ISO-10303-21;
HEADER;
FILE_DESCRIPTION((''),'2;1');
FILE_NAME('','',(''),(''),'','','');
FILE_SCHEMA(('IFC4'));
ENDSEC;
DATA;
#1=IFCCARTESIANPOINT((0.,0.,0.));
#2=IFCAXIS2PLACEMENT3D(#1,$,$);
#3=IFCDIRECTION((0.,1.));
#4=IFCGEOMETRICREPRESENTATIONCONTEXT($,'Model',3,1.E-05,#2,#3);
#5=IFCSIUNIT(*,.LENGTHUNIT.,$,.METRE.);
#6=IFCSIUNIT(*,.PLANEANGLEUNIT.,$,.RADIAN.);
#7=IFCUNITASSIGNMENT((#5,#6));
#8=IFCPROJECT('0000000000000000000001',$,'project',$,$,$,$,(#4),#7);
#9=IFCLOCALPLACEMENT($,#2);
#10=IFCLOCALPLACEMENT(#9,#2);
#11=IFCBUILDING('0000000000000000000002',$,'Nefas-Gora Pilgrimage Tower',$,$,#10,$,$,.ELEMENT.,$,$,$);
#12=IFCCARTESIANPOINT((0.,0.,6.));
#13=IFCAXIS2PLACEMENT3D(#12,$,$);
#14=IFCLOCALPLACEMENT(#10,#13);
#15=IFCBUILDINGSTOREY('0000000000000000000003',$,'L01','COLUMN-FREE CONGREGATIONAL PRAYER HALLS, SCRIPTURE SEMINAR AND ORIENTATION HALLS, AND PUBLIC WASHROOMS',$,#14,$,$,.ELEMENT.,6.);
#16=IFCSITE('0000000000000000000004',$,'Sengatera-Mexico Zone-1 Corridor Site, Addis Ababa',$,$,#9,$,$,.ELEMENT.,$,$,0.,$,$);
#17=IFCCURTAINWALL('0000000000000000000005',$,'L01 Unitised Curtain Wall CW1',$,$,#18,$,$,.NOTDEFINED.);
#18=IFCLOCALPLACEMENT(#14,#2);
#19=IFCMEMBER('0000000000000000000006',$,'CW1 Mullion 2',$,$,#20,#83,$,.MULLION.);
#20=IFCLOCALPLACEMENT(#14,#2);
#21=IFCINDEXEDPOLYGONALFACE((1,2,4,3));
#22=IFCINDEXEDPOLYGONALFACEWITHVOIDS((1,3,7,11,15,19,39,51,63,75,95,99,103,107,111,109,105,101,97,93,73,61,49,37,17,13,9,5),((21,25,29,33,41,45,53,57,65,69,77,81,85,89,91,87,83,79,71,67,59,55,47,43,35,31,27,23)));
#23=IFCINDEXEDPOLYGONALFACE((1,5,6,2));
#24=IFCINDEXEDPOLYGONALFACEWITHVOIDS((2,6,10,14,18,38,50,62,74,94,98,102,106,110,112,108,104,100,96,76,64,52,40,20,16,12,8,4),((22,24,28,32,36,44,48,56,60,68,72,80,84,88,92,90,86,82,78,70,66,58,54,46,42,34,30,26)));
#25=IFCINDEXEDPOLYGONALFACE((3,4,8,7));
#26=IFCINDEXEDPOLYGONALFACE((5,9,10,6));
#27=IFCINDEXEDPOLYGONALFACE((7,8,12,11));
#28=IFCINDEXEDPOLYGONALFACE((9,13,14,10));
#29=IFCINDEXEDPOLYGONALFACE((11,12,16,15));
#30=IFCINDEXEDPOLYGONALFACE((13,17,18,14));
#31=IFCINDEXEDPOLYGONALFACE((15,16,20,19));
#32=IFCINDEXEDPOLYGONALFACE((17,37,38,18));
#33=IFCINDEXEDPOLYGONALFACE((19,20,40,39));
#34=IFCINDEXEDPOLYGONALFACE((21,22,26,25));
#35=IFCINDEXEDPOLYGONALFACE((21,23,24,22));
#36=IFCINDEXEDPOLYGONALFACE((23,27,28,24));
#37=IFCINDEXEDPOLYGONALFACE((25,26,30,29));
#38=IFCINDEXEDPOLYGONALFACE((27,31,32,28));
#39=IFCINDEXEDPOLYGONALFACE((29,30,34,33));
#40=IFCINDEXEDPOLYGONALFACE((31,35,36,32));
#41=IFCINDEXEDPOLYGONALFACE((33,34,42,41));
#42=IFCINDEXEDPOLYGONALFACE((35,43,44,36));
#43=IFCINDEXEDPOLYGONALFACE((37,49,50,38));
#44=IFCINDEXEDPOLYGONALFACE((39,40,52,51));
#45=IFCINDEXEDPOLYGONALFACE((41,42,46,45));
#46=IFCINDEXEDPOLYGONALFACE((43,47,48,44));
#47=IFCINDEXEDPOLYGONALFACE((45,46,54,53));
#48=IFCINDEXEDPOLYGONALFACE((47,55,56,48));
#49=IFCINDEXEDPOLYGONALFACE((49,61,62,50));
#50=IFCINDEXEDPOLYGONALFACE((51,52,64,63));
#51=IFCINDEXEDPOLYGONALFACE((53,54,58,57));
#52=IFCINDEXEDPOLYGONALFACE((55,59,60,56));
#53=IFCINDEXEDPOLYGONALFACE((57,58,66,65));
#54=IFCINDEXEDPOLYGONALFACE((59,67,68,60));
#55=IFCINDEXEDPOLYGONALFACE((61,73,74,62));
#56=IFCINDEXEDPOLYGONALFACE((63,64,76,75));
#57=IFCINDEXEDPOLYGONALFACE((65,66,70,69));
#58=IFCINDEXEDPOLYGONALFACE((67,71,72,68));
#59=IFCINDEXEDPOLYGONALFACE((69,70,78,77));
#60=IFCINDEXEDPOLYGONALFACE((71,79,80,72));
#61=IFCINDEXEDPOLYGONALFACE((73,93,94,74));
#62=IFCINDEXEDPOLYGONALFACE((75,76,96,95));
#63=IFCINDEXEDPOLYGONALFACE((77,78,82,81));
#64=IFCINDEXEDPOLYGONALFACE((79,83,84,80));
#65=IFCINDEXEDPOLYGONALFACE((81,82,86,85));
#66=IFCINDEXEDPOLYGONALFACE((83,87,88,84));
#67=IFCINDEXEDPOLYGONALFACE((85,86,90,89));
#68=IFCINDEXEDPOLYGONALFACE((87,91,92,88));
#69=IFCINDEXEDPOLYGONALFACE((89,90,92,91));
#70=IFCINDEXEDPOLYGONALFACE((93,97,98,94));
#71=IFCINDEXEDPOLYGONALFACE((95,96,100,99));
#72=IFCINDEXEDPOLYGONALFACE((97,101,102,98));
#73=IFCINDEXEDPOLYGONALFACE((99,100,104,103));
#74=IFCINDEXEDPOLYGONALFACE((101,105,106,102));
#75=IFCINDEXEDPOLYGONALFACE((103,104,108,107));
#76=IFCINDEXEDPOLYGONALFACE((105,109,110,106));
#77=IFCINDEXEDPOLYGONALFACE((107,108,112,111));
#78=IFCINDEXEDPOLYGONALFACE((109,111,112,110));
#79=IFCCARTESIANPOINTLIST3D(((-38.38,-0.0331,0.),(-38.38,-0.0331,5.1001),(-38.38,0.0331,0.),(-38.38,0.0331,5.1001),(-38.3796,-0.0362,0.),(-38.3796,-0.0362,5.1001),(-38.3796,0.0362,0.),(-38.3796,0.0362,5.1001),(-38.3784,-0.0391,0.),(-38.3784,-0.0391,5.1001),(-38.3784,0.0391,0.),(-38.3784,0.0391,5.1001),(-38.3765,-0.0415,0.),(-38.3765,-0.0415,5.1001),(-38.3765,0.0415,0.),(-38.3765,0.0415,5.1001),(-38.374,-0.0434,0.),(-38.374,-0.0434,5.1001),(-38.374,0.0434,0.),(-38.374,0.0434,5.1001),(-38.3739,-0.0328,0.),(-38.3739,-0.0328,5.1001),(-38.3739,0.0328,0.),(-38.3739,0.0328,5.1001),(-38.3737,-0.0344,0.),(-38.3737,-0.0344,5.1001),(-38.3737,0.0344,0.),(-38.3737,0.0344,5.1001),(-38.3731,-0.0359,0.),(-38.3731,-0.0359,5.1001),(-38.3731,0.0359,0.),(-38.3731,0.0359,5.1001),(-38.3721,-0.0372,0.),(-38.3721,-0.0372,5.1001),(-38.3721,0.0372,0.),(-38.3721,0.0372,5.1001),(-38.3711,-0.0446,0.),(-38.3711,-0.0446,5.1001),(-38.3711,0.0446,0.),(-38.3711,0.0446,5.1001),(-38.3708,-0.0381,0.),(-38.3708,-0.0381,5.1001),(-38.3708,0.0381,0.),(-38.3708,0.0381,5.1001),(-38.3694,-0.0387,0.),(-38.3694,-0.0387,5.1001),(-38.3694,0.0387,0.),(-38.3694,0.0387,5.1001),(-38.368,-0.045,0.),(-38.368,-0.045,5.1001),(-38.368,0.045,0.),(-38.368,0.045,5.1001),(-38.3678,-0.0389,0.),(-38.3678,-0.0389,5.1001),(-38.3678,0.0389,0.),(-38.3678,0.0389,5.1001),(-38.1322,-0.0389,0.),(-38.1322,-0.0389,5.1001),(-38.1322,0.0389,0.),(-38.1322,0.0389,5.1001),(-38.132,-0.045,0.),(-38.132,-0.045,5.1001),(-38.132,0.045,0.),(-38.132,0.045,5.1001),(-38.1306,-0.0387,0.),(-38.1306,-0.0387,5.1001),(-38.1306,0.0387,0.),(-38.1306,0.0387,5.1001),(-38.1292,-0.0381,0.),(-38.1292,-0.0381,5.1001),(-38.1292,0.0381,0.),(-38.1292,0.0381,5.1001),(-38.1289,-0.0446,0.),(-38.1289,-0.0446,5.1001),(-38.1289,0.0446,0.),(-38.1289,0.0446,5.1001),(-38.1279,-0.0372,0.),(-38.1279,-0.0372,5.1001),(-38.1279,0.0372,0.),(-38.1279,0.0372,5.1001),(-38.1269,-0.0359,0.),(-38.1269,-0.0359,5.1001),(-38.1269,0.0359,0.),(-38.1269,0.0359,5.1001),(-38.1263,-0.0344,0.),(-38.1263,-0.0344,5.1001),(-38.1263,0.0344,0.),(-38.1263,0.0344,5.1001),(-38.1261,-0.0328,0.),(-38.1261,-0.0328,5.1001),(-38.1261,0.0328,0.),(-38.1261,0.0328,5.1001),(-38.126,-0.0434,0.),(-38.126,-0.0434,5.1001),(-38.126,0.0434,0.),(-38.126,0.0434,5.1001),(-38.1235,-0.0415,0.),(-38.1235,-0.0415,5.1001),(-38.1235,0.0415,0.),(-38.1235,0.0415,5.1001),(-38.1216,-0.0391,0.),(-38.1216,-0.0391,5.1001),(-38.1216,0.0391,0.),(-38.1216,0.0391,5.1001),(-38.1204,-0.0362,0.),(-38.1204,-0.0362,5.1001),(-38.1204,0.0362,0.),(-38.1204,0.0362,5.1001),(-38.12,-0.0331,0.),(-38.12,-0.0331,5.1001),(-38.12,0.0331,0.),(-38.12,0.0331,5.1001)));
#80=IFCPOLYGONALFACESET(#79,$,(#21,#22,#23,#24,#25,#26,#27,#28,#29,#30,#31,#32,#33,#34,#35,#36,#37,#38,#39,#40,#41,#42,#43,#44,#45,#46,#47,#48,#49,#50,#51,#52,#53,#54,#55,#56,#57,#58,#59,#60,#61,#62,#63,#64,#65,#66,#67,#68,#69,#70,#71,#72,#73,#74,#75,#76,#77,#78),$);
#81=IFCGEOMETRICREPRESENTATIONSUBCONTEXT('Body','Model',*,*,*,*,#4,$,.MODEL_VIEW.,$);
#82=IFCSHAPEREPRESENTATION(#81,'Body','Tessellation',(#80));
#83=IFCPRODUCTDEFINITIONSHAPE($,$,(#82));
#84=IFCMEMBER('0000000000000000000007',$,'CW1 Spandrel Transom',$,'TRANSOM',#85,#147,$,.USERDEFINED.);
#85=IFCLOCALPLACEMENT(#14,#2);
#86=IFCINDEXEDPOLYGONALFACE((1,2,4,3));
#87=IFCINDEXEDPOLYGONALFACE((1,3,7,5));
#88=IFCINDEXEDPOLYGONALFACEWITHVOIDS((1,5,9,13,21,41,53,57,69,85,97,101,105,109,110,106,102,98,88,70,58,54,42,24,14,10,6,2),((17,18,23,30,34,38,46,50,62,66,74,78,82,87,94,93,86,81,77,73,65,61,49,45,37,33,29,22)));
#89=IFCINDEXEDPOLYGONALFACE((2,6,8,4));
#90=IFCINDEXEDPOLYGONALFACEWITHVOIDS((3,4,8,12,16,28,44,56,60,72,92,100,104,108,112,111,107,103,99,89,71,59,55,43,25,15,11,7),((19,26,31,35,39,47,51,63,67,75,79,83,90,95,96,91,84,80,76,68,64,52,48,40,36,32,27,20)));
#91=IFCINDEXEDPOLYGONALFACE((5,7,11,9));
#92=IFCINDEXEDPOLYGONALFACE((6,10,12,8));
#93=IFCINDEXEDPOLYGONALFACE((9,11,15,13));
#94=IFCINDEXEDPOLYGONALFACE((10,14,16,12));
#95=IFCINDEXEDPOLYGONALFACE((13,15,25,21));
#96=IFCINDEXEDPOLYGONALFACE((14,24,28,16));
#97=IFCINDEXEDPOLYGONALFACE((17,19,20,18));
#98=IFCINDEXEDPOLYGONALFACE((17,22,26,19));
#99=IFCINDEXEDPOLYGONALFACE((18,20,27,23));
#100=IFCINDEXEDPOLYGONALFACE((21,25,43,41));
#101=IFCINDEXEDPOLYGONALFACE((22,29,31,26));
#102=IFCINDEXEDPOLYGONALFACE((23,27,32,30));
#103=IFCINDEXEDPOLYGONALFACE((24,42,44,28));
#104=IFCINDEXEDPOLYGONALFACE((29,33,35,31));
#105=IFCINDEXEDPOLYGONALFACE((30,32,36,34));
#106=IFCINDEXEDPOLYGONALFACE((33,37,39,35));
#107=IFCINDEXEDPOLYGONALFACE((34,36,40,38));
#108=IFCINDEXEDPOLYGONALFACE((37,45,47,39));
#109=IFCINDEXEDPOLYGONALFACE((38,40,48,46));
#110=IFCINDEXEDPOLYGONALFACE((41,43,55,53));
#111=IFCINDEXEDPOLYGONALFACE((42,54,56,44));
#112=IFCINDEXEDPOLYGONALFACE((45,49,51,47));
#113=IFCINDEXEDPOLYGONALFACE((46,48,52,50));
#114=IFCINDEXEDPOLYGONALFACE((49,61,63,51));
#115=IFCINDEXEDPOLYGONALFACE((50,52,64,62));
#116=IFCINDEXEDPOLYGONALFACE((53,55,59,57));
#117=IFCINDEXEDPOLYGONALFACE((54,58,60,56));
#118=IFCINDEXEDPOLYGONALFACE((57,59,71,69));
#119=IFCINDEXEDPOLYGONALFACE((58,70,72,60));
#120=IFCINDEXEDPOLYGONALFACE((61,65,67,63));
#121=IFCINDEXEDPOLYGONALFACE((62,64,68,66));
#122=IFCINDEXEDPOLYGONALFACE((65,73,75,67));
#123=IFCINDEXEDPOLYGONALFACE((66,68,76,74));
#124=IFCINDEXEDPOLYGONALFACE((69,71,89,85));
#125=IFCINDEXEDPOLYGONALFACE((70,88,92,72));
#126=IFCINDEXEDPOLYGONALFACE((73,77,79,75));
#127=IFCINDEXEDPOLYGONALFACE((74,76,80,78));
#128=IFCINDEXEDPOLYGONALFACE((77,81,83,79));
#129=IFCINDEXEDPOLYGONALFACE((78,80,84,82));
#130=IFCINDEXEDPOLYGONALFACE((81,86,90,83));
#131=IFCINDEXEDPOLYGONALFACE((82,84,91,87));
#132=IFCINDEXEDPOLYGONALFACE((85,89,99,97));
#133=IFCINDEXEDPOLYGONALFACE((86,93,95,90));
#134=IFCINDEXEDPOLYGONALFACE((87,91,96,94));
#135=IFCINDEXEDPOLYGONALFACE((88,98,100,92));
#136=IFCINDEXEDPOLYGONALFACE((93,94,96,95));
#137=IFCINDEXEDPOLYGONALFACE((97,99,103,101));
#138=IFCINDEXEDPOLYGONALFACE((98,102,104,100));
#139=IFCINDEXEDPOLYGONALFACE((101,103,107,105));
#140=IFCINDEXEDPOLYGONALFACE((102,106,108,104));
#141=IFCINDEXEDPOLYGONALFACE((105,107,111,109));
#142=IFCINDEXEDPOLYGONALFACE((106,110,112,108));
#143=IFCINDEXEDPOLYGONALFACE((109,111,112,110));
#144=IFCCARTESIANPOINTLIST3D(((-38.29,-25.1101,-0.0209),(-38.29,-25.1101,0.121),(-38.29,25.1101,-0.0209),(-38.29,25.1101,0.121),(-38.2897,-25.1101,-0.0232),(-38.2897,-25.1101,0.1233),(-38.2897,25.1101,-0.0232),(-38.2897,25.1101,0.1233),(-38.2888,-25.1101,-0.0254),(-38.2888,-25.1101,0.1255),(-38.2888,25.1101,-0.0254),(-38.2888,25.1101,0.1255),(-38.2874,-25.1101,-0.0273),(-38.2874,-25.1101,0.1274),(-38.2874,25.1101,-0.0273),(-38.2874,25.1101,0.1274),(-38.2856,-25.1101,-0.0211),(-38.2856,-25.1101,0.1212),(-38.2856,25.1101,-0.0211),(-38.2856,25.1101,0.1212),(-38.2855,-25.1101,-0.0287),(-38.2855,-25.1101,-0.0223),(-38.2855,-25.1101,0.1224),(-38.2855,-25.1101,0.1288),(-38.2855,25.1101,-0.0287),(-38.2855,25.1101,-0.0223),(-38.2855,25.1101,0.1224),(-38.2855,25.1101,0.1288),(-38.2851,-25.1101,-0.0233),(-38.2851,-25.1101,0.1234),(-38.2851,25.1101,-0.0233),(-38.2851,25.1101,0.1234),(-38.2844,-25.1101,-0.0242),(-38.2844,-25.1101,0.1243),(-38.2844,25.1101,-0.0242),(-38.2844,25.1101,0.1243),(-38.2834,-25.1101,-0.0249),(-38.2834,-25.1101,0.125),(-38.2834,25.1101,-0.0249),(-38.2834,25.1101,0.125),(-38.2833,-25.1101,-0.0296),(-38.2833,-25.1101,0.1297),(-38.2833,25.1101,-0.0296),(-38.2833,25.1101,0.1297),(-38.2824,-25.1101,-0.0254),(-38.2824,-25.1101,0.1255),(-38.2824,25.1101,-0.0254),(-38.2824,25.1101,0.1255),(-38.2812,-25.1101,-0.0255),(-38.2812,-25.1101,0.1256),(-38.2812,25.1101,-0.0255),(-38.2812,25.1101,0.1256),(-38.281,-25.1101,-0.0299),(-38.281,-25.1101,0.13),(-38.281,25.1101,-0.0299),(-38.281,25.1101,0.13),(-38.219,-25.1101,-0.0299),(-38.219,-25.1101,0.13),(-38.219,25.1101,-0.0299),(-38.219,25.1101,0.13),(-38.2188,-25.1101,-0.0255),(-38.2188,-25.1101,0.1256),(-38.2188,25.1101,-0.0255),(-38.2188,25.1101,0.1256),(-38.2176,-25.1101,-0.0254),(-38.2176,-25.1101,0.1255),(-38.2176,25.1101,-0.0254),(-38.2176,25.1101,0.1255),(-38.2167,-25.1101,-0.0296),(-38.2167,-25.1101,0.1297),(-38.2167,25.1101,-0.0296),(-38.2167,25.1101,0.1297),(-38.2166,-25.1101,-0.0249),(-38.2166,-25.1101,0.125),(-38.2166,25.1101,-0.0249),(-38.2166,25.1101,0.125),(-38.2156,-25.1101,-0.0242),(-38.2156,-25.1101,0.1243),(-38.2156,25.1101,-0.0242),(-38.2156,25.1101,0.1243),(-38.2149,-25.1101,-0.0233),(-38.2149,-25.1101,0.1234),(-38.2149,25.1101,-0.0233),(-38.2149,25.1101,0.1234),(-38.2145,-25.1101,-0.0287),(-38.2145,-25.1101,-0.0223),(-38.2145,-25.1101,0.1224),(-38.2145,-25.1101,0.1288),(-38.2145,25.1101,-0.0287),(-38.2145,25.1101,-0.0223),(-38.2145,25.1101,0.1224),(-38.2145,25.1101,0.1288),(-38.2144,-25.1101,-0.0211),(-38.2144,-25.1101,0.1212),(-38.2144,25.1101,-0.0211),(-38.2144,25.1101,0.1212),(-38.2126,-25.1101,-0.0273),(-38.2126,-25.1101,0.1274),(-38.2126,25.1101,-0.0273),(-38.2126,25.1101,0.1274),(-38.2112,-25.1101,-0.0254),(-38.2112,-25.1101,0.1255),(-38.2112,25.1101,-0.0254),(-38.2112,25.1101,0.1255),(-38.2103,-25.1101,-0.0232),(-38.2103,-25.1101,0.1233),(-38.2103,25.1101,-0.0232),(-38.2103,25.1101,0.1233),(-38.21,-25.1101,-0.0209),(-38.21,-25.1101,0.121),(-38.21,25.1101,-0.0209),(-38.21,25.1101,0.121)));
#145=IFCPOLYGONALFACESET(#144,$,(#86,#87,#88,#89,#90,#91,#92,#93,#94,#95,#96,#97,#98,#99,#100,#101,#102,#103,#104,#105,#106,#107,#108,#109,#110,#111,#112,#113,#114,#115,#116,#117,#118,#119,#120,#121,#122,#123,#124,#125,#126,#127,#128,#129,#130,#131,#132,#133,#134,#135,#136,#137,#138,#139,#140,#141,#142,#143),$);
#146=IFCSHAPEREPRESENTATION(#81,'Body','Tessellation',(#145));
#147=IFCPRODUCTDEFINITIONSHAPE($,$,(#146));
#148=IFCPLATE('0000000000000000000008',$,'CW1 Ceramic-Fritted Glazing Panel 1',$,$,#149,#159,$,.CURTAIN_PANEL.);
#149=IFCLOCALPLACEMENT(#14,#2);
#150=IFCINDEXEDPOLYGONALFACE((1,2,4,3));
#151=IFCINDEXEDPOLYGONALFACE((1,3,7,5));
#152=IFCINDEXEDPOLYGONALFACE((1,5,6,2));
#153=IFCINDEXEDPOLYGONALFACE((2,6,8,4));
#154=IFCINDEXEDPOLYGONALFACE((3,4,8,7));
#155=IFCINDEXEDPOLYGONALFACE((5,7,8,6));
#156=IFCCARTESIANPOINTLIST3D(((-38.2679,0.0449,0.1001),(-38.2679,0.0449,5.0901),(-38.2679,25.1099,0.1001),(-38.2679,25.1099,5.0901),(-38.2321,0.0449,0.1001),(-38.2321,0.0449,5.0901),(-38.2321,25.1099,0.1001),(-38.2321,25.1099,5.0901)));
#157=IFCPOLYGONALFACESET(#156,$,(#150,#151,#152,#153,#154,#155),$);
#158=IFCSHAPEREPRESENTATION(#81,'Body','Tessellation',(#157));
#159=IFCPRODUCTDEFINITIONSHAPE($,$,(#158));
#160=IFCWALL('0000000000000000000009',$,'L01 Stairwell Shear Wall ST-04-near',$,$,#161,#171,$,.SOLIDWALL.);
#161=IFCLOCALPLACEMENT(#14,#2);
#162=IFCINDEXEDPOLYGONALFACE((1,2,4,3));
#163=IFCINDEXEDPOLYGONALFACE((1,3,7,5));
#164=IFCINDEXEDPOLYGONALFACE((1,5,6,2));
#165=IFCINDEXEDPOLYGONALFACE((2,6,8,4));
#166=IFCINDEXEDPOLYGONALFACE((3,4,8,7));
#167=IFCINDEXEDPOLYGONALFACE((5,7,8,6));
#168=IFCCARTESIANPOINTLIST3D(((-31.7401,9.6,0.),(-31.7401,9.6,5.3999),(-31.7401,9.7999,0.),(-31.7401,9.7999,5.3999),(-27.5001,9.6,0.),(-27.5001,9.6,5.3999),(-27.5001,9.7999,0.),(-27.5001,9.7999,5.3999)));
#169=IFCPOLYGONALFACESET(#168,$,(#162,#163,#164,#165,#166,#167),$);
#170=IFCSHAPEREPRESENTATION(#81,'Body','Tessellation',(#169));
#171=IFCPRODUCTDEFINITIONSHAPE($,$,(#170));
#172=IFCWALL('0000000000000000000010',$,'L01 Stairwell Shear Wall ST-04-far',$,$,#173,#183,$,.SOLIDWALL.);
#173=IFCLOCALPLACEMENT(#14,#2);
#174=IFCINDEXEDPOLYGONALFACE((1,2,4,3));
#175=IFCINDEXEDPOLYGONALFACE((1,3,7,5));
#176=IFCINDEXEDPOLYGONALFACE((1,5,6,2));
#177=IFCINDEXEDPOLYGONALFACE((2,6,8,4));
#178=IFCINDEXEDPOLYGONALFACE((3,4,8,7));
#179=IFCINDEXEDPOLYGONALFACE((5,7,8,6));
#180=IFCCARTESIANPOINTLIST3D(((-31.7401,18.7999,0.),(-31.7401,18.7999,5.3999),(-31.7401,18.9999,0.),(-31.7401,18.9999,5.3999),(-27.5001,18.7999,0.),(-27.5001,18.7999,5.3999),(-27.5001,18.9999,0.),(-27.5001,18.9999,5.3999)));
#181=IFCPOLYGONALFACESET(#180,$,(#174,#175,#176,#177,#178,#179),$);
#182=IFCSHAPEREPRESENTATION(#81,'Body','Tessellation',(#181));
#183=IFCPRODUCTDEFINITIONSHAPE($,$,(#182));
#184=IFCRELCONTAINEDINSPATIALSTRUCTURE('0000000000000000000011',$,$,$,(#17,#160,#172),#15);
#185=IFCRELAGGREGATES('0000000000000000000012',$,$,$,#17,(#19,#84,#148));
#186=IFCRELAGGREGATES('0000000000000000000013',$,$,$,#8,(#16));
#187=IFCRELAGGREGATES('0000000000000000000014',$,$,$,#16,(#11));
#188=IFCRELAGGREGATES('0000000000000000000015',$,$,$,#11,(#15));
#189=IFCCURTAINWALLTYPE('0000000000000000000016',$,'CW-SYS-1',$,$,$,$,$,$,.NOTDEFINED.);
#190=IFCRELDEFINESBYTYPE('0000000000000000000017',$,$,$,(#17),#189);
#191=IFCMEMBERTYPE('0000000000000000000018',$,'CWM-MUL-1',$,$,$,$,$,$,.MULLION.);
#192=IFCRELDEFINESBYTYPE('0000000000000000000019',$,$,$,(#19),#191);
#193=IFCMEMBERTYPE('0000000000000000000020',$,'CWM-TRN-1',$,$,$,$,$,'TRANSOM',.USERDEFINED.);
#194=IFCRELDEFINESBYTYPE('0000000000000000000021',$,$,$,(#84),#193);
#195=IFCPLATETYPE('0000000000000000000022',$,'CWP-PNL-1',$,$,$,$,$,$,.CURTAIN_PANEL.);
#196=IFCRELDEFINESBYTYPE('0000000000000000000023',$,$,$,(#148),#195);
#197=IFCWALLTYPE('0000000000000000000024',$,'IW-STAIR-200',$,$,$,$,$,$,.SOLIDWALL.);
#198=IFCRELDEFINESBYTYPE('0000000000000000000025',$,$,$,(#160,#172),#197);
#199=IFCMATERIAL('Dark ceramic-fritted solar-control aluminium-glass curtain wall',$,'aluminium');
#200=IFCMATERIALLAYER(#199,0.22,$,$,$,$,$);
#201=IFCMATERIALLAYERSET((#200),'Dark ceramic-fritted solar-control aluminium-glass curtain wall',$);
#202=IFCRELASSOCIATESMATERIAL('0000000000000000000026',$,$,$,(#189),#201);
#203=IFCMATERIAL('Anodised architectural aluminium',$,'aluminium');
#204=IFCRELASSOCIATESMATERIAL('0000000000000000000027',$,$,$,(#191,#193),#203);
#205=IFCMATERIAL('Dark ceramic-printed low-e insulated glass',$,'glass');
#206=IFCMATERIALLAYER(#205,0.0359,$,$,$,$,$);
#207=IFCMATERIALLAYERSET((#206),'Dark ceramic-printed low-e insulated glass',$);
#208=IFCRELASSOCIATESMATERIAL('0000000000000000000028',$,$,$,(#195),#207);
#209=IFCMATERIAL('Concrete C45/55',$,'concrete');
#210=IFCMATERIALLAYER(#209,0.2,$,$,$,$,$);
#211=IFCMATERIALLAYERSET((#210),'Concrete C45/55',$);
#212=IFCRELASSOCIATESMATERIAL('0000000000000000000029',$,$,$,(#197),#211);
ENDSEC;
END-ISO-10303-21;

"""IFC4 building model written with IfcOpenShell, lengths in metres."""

from ifc_helpers import new_model, si_unit, direction, frame, frame_2d, origin, origin_2d, place, context, subcontext, project, spatial, rectangle, hollow_rectangle, extrude, source, transform, mapped, material, layer, layer_set, material_profile, profile_set, type_object, element, aggregate, save


model = new_model("IFC4")

# Units and contexts
model_context = context("Model", 3, precision=1e-05, world=origin(), true_north=direction((0.0, 1.0)))
body_context = subcontext(model_context, "Body", "Model", "MODEL_VIEW")
ifc_project = project(units=[si_unit("LENGTHUNIT", "METRE"), si_unit("PLANEANGLEUNIT", "RADIAN")], contexts=[model_context])

# Site, building, storey
site_placement = place(None, origin())
site = spatial("IfcSite", under=ifc_project, at=site_placement, Name="Sengatera-Mexico Zone-1 Corridor Site, Addis Ababa", CompositionType="ELEMENT", RefElevation=0.0)
building_placement = place(site_placement, origin())
building = spatial("IfcBuilding", under=site, at=building_placement, Name="Nefas-Gora Pilgrimage Tower", CompositionType="ELEMENT")
storey_placement = place(building_placement, frame((0.0, 0.0, 6.0)))
storey = spatial("IfcBuildingStorey", under=building, at=storey_placement, Name="L01", Description="COLUMN-FREE CONGREGATIONAL PRAYER HALLS, SCRIPTURE SEMINAR AND ORIENTATION HALLS, AND PUBLIC WASHROOMS", CompositionType="ELEMENT", Elevation=6.0)

# Shared definitions
ifc_material_1 = material(Name="Dark ceramic-fritted solar-control aluminium-glass curtain wall", Category="aluminium")
ifc_layer_1 = layer(ifc_material_1, 0.22)
ifc_layer_set_1 = layer_set([ifc_layer_1], Name="Dark ceramic-fritted solar-control aluminium-glass curtain wall")
curtain_wall_type = type_object("IfcCurtainWallType", Name="CW-SYS-1", PredefinedType="NOTDEFINED", material=ifc_layer_set_1)
ifc_material_2 = material(Name="Anodised architectural aluminium", Category="aluminium")
ifc_material_profile_1 = material_profile(ifc_material_2, hollow_rectangle(XDim=0.0901, YDim=0.26, WallThickness=0.0061, InnerFilletRadius=0.0061, OuterFilletRadius=0.012, at=origin_2d()), Name="ALU MULLION 90x260")
ifc_profile_set_1 = profile_set([ifc_material_profile_1], Name="Anodised architectural aluminium")
member_type_1 = type_object("IfcMemberType", Name="CWM-MUL-1", PredefinedType="MULLION", material=ifc_profile_set_1)
shared_shape_1 = source(origin(), body_context, "Body", "SweptSolid", [
    extrude(hollow_rectangle(XDim=0.0901, YDim=0.26, WallThickness=0.0061, InnerFilletRadius=0.0061, OuterFilletRadius=0.012, at=origin_2d()), origin(), (0.0, 0.0, 1.0), 5.1001),
])

# Curtain wall, members, plate
curtain_wall_1_placement = place(storey_placement, origin())
curtain_wall_1 = element("IfcCurtainWall", 1, at=curtain_wall_1_placement, inside=storey, type_object=curtain_wall_type, Name="L01 Unitised Curtain Wall CW1", PredefinedType="NOTDEFINED")
member_1_placement = place(storey_placement, frame((-38.25, 0.0, 0.0), z_axis=(0.0, 0.0, 1.0), x_axis=(0.0, -1.0, 0.0)))
member_1 = element("IfcMember", 2, at=member_1_placement, type_object=member_type_1, Name="CW1 Mullion 2", PredefinedType="MULLION", context=body_context, shape_type="MappedRepresentation", body=[
    mapped(shared_shape_1, transform((0.0, 0.0, 0.0), x_axis=(1.0, 0.0, 0.0), y_axis=(0.0, 1.0, 0.0), z_axis=(0.0, 0.0, 1.0), scale=1.0)),
])
ifc_material_profile_2 = material_profile(ifc_material_2, hollow_rectangle(XDim=0.0801, YDim=0.1599, WallThickness=0.0044, InnerFilletRadius=0.0044, OuterFilletRadius=0.009, at=origin_2d()), Name="ALU TRANSOM 80x160")
ifc_profile_set_2 = profile_set([ifc_material_profile_2], Name="Anodised architectural aluminium")
member_type_2 = type_object("IfcMemberType", Name="CWM-TRN-1", ElementType="TRANSOM", PredefinedType="USERDEFINED", material=ifc_profile_set_2)
shared_shape_2 = source(origin(), body_context, "Body", "SweptSolid", [
    extrude(hollow_rectangle(XDim=0.0801, YDim=0.1599, WallThickness=0.0044, InnerFilletRadius=0.0044, OuterFilletRadius=0.009, at=origin_2d()), origin(), (0.0, 0.0, 1.0), 50.2202),
])
member_2_placement = place(storey_placement, frame((-38.25, 25.1101, 0.05), z_axis=(0.0, -1.0, 0.0), x_axis=(1.0, 0.0, 0.0)))
member_2 = element("IfcMember", 3, at=member_2_placement, type_object=member_type_2, Name="CW1 Spandrel Transom", ObjectType="TRANSOM", PredefinedType="USERDEFINED", context=body_context, shape_type="MappedRepresentation", body=[
    mapped(shared_shape_2, transform((0.0, 0.0, 0.0), x_axis=(1.0, 0.0, 0.0), y_axis=(0.0, 1.0, 0.0), z_axis=(0.0, 0.0, 1.0), scale=1.0)),
])
ifc_material_3 = material(Name="Dark ceramic-printed low-e insulated glass", Category="glass")
ifc_layer_2 = layer(ifc_material_3, 0.0359)
ifc_layer_set_2 = layer_set([ifc_layer_2], Name="Dark ceramic-printed low-e insulated glass")
plate_type = type_object("IfcPlateType", Name="CWP-PNL-1", PredefinedType="CURTAIN_PANEL", material=ifc_layer_set_2)
shared_shape_3 = source(origin(), body_context, "Body", "SweptSolid", [
    extrude(rectangle(XDim=25.0649, YDim=0.0359, at=origin_2d()), origin(), (0.0, 0.0, 1.0), 4.99),
])
plate_placement = place(storey_placement, frame((-38.25, 12.5774, 0.1001), z_axis=(0.0, 0.0, 1.0), x_axis=(0.0, -1.0, 0.0)))
plate = element("IfcPlate", 4, at=plate_placement, type_object=plate_type, Name="CW1 Ceramic-Fritted Glazing Panel 1", PredefinedType="CURTAIN_PANEL", context=body_context, shape_type="MappedRepresentation", body=[
    mapped(shared_shape_3, transform((0.0, 0.0, 0.0), x_axis=(1.0, 0.0, 0.0), y_axis=(0.0, 1.0, 0.0), z_axis=(0.0, 0.0, 1.0), scale=1.0)),
])
aggregate(curtain_wall_1, [member_1, member_2, plate])

# Walls
ifc_material_4 = material(Name="Concrete C45/55", Category="concrete")
ifc_layer_3 = layer(ifc_material_4, 0.2)
ifc_layer_set_3 = layer_set([ifc_layer_3], Name="Concrete C45/55")
wall_type_1 = type_object("IfcWallType", Name="IW-STAIR-200", PredefinedType="SOLIDWALL", material=ifc_layer_set_3)
shared_shape_4 = source(origin(), body_context, "Body", "SweptSolid", [
    extrude(rectangle(XDim=4.24, YDim=0.2, at=frame_2d((2.1201, 0.0))), origin(), (0.0, 0.0, 1.0), 5.3999),
])
for number, where, z_axis, x_axis, name in (
    (5, (-27.5, 9.7, 0.0), (0.0, 0.0, 1.0), (-1.0, 0.0, 0.0), "L01 Stairwell Shear Wall ST-04-near"),
    (6, (-27.5, 18.8999, 0.0), (0.0, 0.0, 1.0), (-1.0, 0.0, 0.0), "L01 Stairwell Shear Wall ST-04-far"),
):
    element("IfcWall", number, at=place(storey_placement, frame(where, z_axis=z_axis, x_axis=x_axis)), inside=storey, type_object=wall_type_1, Name=name, PredefinedType="SOLIDWALL", context=body_context, shape_type="MappedRepresentation", body=[
        mapped(shared_shape_4, transform((0.0, 0.0, 0.0), x_axis=(1.0, 0.0, 0.0), y_axis=(0.0, 1.0, 0.0), z_axis=(0.0, 0.0, 1.0), scale=1.0)),
    ])

save(model, "model.ifc")
